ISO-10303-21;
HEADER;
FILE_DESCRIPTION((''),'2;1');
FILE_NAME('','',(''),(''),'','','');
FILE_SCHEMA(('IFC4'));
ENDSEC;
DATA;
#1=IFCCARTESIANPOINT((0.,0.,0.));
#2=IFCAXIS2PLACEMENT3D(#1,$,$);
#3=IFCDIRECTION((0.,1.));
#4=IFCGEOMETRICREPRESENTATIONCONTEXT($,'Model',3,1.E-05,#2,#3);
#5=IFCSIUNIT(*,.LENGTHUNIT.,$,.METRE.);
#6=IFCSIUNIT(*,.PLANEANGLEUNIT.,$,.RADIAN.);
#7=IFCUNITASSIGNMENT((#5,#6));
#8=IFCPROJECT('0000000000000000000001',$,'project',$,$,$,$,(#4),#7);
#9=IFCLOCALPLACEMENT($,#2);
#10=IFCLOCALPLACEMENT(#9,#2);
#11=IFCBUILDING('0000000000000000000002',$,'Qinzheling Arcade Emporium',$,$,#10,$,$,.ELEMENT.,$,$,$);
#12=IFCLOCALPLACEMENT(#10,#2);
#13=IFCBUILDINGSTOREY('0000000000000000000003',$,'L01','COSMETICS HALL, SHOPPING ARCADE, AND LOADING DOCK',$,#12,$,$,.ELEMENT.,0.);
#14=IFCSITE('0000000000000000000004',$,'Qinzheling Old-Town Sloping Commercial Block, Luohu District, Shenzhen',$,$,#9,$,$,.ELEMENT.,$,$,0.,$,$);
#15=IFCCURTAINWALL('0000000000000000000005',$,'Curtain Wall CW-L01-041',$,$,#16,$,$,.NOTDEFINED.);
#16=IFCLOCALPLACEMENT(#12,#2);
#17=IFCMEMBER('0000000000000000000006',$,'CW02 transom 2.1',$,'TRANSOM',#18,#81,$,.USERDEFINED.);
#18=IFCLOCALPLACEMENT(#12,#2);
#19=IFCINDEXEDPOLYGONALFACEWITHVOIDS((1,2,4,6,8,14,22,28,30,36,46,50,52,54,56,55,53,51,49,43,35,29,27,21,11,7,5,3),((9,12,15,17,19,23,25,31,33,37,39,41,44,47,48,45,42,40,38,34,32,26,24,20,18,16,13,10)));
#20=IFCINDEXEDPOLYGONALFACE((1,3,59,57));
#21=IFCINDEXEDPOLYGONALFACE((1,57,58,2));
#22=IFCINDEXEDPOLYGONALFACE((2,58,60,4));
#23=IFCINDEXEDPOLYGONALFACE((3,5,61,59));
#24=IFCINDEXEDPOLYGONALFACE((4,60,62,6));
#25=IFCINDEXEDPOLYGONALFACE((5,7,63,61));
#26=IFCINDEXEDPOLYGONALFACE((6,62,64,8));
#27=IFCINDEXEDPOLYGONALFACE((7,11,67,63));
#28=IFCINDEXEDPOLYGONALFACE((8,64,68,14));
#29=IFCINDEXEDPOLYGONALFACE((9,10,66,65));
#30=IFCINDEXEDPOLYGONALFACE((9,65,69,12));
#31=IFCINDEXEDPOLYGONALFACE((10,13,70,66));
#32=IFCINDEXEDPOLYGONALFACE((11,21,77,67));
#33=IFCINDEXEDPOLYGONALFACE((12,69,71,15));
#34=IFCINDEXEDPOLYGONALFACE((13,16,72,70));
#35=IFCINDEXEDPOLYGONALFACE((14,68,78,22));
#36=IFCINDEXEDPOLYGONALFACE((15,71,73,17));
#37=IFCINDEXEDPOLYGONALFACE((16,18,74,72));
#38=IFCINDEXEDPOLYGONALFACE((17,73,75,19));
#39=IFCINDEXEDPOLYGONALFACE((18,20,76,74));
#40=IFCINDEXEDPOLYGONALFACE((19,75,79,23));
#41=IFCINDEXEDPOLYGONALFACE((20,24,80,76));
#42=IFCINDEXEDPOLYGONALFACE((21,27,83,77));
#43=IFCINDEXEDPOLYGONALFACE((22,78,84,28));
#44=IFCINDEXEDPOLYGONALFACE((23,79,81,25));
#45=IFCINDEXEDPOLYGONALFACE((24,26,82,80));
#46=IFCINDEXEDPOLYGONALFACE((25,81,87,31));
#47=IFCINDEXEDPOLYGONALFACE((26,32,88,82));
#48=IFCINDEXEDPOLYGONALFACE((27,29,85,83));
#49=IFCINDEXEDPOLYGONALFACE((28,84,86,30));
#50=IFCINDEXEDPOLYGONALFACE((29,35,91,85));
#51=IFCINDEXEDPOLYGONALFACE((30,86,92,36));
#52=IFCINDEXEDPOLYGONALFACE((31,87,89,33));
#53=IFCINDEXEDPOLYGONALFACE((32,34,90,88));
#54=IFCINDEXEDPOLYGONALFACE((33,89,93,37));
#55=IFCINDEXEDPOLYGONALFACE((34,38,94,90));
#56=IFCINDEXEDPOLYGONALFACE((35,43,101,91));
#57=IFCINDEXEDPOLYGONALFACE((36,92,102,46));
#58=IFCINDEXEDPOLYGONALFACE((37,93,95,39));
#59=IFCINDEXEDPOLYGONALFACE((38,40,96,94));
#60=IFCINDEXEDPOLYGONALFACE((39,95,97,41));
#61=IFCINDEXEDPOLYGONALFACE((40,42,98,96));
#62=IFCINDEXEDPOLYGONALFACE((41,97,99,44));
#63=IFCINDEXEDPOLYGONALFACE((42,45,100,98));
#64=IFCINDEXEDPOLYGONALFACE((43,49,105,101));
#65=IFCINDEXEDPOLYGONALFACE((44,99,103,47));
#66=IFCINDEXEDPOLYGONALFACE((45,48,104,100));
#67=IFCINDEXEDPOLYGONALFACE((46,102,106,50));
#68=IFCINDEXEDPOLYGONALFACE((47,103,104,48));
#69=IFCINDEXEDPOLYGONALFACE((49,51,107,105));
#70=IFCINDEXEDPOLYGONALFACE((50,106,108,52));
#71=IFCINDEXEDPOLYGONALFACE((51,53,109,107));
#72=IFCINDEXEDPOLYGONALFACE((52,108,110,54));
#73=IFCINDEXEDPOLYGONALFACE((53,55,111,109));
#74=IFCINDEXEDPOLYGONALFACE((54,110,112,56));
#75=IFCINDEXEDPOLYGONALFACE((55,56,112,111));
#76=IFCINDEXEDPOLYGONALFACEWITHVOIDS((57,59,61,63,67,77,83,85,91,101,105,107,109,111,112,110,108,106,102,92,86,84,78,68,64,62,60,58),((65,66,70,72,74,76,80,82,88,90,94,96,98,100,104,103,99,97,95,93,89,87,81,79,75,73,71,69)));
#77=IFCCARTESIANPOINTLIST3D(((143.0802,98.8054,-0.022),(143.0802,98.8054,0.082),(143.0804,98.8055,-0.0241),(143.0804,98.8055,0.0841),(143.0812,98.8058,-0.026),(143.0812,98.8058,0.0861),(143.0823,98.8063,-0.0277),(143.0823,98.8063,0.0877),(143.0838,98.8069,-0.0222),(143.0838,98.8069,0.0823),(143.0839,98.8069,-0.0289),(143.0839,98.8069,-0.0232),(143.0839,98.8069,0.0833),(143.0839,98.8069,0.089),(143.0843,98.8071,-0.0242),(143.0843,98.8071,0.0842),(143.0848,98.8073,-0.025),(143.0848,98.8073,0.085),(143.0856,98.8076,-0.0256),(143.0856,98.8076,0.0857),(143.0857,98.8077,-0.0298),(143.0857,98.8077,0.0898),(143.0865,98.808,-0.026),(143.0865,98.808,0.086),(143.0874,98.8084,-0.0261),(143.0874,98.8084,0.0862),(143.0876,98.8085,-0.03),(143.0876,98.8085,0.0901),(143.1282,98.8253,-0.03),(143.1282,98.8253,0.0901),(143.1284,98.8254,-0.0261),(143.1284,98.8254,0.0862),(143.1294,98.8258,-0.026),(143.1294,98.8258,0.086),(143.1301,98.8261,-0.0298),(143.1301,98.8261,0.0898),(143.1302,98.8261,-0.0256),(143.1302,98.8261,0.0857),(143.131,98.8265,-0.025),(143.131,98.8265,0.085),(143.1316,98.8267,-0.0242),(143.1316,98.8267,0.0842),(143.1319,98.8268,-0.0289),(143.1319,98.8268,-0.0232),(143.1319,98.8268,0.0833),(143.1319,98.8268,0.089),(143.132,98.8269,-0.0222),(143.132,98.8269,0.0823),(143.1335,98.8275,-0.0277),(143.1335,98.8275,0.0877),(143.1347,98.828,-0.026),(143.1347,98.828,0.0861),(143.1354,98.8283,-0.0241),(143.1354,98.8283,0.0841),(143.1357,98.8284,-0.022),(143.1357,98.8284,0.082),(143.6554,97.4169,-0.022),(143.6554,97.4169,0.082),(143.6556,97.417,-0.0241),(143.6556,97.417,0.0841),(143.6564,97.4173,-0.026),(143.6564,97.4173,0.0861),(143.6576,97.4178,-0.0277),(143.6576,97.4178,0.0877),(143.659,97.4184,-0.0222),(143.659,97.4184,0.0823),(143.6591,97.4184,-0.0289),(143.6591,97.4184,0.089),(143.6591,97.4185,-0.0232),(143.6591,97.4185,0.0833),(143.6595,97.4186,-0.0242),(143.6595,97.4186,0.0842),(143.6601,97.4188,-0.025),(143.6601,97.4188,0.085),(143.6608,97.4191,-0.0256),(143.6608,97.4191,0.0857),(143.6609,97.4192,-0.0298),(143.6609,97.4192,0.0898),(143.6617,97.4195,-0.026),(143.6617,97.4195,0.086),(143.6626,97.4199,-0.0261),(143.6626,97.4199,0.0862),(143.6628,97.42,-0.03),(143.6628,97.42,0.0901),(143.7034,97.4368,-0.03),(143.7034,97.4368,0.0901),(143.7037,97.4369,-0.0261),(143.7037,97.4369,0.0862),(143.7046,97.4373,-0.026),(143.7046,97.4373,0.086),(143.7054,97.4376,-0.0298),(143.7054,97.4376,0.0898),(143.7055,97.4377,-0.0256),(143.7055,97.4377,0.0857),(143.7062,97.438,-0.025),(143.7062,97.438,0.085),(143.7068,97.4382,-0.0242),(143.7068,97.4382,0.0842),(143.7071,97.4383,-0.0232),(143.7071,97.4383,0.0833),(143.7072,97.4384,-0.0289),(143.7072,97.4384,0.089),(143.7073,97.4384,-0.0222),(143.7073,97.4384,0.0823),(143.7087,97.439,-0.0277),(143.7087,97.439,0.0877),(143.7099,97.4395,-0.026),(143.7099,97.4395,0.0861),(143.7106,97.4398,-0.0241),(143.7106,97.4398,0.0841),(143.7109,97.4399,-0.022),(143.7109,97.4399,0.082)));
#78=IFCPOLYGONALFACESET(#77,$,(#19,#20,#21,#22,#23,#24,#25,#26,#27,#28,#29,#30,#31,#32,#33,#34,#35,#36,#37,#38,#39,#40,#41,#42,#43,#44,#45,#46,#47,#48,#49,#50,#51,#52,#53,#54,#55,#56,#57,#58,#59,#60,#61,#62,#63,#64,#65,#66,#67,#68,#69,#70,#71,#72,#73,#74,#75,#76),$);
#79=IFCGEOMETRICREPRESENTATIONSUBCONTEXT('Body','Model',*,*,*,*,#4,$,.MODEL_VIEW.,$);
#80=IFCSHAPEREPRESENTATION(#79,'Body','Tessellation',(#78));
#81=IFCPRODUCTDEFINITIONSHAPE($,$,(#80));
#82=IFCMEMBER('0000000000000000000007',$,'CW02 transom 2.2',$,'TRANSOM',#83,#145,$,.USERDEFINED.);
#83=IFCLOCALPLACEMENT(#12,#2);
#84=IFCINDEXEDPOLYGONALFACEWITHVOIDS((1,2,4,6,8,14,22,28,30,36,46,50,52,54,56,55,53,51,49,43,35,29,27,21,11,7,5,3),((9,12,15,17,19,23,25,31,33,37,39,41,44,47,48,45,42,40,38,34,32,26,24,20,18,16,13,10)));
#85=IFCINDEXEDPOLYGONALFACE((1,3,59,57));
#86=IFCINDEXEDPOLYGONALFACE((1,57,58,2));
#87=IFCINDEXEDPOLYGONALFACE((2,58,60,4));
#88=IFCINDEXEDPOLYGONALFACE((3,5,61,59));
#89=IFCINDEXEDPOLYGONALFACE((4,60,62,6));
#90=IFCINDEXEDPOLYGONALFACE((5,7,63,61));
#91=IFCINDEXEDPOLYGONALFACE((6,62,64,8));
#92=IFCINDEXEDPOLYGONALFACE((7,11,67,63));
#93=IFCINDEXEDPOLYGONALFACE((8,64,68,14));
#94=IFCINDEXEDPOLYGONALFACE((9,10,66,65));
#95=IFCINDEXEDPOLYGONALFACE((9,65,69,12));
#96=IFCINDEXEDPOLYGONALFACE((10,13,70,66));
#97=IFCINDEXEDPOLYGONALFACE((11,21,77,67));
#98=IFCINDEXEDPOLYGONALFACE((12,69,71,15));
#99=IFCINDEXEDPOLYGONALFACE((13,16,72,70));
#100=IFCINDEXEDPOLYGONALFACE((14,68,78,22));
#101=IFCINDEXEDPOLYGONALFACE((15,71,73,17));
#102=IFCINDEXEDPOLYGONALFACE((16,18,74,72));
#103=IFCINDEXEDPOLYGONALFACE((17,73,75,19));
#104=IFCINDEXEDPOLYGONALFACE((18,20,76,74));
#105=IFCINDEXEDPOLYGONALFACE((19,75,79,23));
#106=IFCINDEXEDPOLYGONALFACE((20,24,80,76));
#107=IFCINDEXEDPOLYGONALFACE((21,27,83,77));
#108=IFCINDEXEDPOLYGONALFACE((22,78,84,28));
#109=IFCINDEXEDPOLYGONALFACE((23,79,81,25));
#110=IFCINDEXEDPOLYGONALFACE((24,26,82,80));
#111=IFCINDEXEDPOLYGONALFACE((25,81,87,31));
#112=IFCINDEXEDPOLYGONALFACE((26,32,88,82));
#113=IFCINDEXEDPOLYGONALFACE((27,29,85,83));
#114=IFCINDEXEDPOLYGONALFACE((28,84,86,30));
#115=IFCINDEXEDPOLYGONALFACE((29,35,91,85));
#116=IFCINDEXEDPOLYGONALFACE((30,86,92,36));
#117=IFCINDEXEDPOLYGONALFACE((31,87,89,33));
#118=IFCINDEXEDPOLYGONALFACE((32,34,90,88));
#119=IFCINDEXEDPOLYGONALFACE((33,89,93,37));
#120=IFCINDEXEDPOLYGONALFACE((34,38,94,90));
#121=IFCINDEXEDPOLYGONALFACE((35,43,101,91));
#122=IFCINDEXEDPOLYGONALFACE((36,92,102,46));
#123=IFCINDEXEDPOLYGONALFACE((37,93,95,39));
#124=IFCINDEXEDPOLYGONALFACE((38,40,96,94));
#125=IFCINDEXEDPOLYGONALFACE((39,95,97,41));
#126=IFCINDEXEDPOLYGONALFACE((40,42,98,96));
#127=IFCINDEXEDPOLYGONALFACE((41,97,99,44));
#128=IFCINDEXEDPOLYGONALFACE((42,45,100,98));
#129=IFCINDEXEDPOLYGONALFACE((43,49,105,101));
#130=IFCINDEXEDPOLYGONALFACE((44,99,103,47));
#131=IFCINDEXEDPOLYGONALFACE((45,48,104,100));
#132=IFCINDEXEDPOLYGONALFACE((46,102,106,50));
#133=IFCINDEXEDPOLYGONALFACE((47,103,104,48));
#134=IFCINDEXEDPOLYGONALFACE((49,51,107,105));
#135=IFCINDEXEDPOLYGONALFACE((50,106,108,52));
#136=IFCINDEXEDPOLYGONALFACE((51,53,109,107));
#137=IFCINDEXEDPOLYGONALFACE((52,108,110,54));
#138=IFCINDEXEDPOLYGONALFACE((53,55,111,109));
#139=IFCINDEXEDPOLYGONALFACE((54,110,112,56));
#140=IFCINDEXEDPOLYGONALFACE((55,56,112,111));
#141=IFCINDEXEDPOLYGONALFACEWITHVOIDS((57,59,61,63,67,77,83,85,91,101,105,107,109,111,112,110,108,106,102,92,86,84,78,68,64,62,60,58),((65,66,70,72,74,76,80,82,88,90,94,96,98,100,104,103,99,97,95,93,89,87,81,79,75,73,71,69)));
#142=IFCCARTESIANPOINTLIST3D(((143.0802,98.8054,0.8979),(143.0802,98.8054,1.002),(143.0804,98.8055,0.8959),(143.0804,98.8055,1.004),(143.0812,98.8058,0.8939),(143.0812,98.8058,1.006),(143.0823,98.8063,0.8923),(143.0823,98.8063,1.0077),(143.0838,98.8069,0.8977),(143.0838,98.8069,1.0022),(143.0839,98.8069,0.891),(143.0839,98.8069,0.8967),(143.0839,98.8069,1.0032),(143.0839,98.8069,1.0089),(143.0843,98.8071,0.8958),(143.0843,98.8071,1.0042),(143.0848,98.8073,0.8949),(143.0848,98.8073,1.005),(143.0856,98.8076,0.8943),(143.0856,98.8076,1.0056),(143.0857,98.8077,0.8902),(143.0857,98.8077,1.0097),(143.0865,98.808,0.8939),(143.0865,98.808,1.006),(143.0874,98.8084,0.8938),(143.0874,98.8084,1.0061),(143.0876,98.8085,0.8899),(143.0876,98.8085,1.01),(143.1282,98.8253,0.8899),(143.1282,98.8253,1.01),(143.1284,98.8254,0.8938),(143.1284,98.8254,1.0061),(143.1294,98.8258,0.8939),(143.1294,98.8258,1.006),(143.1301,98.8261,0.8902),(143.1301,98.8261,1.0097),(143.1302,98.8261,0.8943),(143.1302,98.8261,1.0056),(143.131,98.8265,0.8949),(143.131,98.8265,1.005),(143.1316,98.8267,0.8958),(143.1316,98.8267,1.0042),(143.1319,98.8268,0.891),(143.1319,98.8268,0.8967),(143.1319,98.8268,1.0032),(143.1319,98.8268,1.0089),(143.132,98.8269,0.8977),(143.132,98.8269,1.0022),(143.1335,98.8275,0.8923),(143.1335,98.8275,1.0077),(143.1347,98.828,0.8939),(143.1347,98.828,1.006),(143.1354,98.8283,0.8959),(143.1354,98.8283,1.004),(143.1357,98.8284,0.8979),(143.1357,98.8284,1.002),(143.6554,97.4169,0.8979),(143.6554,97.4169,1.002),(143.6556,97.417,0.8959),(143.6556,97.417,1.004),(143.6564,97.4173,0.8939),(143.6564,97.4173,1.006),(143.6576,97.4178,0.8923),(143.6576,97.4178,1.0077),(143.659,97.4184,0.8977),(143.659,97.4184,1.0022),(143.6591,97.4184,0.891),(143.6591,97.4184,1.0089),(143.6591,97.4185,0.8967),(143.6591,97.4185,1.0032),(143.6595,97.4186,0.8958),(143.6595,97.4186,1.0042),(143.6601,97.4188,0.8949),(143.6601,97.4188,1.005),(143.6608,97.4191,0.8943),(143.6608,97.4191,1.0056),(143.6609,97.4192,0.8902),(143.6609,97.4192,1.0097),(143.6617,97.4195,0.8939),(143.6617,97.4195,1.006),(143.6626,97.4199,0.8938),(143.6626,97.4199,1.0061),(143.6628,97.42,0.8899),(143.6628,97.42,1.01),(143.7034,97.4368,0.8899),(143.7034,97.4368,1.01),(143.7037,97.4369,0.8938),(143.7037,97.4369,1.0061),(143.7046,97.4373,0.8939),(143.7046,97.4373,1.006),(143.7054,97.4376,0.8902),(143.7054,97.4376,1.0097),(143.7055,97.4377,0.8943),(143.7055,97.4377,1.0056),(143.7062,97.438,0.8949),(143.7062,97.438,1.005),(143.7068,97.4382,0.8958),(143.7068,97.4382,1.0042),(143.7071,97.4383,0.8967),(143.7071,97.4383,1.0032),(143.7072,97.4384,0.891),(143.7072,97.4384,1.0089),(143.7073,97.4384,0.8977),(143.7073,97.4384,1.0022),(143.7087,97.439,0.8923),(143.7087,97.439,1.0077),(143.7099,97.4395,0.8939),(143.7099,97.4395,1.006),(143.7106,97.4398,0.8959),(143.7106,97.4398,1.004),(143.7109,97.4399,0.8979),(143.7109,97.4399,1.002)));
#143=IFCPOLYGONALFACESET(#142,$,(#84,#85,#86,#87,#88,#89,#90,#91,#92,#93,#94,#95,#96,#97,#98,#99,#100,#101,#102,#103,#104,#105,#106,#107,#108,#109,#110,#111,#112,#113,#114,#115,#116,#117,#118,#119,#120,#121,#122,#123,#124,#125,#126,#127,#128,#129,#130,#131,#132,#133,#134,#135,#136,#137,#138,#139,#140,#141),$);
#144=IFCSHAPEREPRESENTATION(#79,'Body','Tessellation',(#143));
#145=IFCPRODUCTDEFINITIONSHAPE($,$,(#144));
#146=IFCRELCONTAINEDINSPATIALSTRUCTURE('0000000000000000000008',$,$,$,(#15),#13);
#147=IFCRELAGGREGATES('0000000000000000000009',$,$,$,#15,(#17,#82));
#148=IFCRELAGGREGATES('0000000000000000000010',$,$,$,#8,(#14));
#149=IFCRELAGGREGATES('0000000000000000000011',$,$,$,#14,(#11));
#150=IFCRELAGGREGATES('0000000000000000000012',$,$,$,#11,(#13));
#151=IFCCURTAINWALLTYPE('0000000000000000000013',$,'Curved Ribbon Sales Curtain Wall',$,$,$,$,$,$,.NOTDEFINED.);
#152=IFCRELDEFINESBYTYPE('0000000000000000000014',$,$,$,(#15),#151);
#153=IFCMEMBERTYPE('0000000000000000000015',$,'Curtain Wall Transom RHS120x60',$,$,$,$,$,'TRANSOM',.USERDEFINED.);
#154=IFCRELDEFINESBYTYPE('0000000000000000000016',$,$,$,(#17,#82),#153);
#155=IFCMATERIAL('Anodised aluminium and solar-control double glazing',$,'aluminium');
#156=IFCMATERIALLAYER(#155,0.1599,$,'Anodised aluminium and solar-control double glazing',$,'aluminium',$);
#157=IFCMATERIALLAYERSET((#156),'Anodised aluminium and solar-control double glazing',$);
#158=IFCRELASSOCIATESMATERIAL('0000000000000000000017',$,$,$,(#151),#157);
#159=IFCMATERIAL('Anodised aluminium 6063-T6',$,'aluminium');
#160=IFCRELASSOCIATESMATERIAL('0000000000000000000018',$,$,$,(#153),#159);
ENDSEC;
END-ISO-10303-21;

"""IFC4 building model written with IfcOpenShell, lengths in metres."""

from ifc_helpers import new_model, si_unit, direction, frame, origin, origin_2d, place, context, subcontext, project, spatial, hollow_rectangle, extrude, material, layer, layer_set, material_profile, profile_set, type_object, element, aggregate, save


model = new_model("IFC4")

# Units and contexts
model_context = context("Model", 3, precision=1e-05, world=origin(), true_north=direction((0.0, 1.0)))
body_context = subcontext(model_context, "Body", "Model", "MODEL_VIEW")
ifc_project = project(units=[si_unit("LENGTHUNIT", "METRE"), si_unit("PLANEANGLEUNIT", "RADIAN")], contexts=[model_context])

# Site, building, storey
site_placement = place(None, origin())
site = spatial("IfcSite", under=ifc_project, at=site_placement, Name="Qinzheling Old-Town Sloping Commercial Block, Luohu District, Shenzhen", CompositionType="ELEMENT", RefElevation=0.0)
building_placement = place(site_placement, origin())
building = spatial("IfcBuilding", under=site, at=building_placement, Name="Qinzheling Arcade Emporium", CompositionType="ELEMENT")
storey_placement = place(building_placement, origin())
storey = spatial("IfcBuildingStorey", under=building, at=storey_placement, Name="L01", Description="COSMETICS HALL, SHOPPING ARCADE, AND LOADING DOCK", CompositionType="ELEMENT", Elevation=0.0)

# Curtain wall
ifc_material_1 = material(Name="Anodised aluminium and solar-control double glazing", Category="aluminium")
ifc_layer_1 = layer(ifc_material_1, 0.1599, Name="Anodised aluminium and solar-control double glazing", Category="aluminium")
ifc_layer_set_1 = layer_set([ifc_layer_1], Name="Anodised aluminium and solar-control double glazing")
curtain_wall_type = type_object("IfcCurtainWallType", Name="Curved Ribbon Sales Curtain Wall", PredefinedType="NOTDEFINED", material=ifc_layer_set_1)
curtain_wall_1_placement = place(storey_placement, origin())
curtain_wall_1 = element("IfcCurtainWall", 1, at=curtain_wall_1_placement, inside=storey, type_object=curtain_wall_type, Name="Curtain Wall CW-L01-041", PredefinedType="NOTDEFINED")
ifc_material_2 = material(Name="Anodised aluminium 6063-T6", Category="aluminium")

# Members
ifc_material_profile_1 = material_profile(ifc_material_2, hollow_rectangle(XDim=0.0601, YDim=0.1201, WallThickness=0.0039, InnerFilletRadius=0.0039, OuterFilletRadius=0.0081, at=origin_2d()), Name="RHS 120x60x4", Category="aluminium")
ifc_profile_set_1 = profile_set([ifc_material_profile_1], Name="Anodised aluminium 6063-T6")
member_type_1 = type_object("IfcMemberType", Name="Curtain Wall Transom RHS120x60", ElementType="TRANSOM", PredefinedType="USERDEFINED", material=ifc_profile_set_1)
member_1_placement = place(storey_placement, frame((143.1079, 98.8169, 0.03), z_axis=(0.382734, -0.923858, 0.0), x_axis=(0.923858, 0.382734, 0.0)))
member_1 = element("IfcMember", 2, at=member_1_placement, type_object=member_type_1, Name="CW02 transom 2.1", ObjectType="TRANSOM", PredefinedType="USERDEFINED", context=body_context, shape_type="SweptSolid", body=[
    extrude(hollow_rectangle(XDim=0.0601, YDim=0.1201, WallThickness=0.0039, InnerFilletRadius=0.0039, OuterFilletRadius=0.0081, at=origin_2d()), origin(), (0.0, 0.0, 1.0), 1.5029),
])
member_2_placement = place(storey_placement, frame((143.1079, 98.8169, 0.95), z_axis=(0.382734, -0.923858, 0.0), x_axis=(0.923858, 0.382734, 0.0)))
member_2 = element("IfcMember", 3, at=member_2_placement, type_object=member_type_1, Name="CW02 transom 2.2", ObjectType="TRANSOM", PredefinedType="USERDEFINED", context=body_context, shape_type="SweptSolid", body=[
    extrude(hollow_rectangle(XDim=0.0601, YDim=0.1201, WallThickness=0.0039, InnerFilletRadius=0.0039, OuterFilletRadius=0.0081, at=origin_2d()), origin(), (0.0, 0.0, 1.0), 1.5029),
])

aggregate(curtain_wall_1, [member_1, member_2])

save(model, "model.ifc")
